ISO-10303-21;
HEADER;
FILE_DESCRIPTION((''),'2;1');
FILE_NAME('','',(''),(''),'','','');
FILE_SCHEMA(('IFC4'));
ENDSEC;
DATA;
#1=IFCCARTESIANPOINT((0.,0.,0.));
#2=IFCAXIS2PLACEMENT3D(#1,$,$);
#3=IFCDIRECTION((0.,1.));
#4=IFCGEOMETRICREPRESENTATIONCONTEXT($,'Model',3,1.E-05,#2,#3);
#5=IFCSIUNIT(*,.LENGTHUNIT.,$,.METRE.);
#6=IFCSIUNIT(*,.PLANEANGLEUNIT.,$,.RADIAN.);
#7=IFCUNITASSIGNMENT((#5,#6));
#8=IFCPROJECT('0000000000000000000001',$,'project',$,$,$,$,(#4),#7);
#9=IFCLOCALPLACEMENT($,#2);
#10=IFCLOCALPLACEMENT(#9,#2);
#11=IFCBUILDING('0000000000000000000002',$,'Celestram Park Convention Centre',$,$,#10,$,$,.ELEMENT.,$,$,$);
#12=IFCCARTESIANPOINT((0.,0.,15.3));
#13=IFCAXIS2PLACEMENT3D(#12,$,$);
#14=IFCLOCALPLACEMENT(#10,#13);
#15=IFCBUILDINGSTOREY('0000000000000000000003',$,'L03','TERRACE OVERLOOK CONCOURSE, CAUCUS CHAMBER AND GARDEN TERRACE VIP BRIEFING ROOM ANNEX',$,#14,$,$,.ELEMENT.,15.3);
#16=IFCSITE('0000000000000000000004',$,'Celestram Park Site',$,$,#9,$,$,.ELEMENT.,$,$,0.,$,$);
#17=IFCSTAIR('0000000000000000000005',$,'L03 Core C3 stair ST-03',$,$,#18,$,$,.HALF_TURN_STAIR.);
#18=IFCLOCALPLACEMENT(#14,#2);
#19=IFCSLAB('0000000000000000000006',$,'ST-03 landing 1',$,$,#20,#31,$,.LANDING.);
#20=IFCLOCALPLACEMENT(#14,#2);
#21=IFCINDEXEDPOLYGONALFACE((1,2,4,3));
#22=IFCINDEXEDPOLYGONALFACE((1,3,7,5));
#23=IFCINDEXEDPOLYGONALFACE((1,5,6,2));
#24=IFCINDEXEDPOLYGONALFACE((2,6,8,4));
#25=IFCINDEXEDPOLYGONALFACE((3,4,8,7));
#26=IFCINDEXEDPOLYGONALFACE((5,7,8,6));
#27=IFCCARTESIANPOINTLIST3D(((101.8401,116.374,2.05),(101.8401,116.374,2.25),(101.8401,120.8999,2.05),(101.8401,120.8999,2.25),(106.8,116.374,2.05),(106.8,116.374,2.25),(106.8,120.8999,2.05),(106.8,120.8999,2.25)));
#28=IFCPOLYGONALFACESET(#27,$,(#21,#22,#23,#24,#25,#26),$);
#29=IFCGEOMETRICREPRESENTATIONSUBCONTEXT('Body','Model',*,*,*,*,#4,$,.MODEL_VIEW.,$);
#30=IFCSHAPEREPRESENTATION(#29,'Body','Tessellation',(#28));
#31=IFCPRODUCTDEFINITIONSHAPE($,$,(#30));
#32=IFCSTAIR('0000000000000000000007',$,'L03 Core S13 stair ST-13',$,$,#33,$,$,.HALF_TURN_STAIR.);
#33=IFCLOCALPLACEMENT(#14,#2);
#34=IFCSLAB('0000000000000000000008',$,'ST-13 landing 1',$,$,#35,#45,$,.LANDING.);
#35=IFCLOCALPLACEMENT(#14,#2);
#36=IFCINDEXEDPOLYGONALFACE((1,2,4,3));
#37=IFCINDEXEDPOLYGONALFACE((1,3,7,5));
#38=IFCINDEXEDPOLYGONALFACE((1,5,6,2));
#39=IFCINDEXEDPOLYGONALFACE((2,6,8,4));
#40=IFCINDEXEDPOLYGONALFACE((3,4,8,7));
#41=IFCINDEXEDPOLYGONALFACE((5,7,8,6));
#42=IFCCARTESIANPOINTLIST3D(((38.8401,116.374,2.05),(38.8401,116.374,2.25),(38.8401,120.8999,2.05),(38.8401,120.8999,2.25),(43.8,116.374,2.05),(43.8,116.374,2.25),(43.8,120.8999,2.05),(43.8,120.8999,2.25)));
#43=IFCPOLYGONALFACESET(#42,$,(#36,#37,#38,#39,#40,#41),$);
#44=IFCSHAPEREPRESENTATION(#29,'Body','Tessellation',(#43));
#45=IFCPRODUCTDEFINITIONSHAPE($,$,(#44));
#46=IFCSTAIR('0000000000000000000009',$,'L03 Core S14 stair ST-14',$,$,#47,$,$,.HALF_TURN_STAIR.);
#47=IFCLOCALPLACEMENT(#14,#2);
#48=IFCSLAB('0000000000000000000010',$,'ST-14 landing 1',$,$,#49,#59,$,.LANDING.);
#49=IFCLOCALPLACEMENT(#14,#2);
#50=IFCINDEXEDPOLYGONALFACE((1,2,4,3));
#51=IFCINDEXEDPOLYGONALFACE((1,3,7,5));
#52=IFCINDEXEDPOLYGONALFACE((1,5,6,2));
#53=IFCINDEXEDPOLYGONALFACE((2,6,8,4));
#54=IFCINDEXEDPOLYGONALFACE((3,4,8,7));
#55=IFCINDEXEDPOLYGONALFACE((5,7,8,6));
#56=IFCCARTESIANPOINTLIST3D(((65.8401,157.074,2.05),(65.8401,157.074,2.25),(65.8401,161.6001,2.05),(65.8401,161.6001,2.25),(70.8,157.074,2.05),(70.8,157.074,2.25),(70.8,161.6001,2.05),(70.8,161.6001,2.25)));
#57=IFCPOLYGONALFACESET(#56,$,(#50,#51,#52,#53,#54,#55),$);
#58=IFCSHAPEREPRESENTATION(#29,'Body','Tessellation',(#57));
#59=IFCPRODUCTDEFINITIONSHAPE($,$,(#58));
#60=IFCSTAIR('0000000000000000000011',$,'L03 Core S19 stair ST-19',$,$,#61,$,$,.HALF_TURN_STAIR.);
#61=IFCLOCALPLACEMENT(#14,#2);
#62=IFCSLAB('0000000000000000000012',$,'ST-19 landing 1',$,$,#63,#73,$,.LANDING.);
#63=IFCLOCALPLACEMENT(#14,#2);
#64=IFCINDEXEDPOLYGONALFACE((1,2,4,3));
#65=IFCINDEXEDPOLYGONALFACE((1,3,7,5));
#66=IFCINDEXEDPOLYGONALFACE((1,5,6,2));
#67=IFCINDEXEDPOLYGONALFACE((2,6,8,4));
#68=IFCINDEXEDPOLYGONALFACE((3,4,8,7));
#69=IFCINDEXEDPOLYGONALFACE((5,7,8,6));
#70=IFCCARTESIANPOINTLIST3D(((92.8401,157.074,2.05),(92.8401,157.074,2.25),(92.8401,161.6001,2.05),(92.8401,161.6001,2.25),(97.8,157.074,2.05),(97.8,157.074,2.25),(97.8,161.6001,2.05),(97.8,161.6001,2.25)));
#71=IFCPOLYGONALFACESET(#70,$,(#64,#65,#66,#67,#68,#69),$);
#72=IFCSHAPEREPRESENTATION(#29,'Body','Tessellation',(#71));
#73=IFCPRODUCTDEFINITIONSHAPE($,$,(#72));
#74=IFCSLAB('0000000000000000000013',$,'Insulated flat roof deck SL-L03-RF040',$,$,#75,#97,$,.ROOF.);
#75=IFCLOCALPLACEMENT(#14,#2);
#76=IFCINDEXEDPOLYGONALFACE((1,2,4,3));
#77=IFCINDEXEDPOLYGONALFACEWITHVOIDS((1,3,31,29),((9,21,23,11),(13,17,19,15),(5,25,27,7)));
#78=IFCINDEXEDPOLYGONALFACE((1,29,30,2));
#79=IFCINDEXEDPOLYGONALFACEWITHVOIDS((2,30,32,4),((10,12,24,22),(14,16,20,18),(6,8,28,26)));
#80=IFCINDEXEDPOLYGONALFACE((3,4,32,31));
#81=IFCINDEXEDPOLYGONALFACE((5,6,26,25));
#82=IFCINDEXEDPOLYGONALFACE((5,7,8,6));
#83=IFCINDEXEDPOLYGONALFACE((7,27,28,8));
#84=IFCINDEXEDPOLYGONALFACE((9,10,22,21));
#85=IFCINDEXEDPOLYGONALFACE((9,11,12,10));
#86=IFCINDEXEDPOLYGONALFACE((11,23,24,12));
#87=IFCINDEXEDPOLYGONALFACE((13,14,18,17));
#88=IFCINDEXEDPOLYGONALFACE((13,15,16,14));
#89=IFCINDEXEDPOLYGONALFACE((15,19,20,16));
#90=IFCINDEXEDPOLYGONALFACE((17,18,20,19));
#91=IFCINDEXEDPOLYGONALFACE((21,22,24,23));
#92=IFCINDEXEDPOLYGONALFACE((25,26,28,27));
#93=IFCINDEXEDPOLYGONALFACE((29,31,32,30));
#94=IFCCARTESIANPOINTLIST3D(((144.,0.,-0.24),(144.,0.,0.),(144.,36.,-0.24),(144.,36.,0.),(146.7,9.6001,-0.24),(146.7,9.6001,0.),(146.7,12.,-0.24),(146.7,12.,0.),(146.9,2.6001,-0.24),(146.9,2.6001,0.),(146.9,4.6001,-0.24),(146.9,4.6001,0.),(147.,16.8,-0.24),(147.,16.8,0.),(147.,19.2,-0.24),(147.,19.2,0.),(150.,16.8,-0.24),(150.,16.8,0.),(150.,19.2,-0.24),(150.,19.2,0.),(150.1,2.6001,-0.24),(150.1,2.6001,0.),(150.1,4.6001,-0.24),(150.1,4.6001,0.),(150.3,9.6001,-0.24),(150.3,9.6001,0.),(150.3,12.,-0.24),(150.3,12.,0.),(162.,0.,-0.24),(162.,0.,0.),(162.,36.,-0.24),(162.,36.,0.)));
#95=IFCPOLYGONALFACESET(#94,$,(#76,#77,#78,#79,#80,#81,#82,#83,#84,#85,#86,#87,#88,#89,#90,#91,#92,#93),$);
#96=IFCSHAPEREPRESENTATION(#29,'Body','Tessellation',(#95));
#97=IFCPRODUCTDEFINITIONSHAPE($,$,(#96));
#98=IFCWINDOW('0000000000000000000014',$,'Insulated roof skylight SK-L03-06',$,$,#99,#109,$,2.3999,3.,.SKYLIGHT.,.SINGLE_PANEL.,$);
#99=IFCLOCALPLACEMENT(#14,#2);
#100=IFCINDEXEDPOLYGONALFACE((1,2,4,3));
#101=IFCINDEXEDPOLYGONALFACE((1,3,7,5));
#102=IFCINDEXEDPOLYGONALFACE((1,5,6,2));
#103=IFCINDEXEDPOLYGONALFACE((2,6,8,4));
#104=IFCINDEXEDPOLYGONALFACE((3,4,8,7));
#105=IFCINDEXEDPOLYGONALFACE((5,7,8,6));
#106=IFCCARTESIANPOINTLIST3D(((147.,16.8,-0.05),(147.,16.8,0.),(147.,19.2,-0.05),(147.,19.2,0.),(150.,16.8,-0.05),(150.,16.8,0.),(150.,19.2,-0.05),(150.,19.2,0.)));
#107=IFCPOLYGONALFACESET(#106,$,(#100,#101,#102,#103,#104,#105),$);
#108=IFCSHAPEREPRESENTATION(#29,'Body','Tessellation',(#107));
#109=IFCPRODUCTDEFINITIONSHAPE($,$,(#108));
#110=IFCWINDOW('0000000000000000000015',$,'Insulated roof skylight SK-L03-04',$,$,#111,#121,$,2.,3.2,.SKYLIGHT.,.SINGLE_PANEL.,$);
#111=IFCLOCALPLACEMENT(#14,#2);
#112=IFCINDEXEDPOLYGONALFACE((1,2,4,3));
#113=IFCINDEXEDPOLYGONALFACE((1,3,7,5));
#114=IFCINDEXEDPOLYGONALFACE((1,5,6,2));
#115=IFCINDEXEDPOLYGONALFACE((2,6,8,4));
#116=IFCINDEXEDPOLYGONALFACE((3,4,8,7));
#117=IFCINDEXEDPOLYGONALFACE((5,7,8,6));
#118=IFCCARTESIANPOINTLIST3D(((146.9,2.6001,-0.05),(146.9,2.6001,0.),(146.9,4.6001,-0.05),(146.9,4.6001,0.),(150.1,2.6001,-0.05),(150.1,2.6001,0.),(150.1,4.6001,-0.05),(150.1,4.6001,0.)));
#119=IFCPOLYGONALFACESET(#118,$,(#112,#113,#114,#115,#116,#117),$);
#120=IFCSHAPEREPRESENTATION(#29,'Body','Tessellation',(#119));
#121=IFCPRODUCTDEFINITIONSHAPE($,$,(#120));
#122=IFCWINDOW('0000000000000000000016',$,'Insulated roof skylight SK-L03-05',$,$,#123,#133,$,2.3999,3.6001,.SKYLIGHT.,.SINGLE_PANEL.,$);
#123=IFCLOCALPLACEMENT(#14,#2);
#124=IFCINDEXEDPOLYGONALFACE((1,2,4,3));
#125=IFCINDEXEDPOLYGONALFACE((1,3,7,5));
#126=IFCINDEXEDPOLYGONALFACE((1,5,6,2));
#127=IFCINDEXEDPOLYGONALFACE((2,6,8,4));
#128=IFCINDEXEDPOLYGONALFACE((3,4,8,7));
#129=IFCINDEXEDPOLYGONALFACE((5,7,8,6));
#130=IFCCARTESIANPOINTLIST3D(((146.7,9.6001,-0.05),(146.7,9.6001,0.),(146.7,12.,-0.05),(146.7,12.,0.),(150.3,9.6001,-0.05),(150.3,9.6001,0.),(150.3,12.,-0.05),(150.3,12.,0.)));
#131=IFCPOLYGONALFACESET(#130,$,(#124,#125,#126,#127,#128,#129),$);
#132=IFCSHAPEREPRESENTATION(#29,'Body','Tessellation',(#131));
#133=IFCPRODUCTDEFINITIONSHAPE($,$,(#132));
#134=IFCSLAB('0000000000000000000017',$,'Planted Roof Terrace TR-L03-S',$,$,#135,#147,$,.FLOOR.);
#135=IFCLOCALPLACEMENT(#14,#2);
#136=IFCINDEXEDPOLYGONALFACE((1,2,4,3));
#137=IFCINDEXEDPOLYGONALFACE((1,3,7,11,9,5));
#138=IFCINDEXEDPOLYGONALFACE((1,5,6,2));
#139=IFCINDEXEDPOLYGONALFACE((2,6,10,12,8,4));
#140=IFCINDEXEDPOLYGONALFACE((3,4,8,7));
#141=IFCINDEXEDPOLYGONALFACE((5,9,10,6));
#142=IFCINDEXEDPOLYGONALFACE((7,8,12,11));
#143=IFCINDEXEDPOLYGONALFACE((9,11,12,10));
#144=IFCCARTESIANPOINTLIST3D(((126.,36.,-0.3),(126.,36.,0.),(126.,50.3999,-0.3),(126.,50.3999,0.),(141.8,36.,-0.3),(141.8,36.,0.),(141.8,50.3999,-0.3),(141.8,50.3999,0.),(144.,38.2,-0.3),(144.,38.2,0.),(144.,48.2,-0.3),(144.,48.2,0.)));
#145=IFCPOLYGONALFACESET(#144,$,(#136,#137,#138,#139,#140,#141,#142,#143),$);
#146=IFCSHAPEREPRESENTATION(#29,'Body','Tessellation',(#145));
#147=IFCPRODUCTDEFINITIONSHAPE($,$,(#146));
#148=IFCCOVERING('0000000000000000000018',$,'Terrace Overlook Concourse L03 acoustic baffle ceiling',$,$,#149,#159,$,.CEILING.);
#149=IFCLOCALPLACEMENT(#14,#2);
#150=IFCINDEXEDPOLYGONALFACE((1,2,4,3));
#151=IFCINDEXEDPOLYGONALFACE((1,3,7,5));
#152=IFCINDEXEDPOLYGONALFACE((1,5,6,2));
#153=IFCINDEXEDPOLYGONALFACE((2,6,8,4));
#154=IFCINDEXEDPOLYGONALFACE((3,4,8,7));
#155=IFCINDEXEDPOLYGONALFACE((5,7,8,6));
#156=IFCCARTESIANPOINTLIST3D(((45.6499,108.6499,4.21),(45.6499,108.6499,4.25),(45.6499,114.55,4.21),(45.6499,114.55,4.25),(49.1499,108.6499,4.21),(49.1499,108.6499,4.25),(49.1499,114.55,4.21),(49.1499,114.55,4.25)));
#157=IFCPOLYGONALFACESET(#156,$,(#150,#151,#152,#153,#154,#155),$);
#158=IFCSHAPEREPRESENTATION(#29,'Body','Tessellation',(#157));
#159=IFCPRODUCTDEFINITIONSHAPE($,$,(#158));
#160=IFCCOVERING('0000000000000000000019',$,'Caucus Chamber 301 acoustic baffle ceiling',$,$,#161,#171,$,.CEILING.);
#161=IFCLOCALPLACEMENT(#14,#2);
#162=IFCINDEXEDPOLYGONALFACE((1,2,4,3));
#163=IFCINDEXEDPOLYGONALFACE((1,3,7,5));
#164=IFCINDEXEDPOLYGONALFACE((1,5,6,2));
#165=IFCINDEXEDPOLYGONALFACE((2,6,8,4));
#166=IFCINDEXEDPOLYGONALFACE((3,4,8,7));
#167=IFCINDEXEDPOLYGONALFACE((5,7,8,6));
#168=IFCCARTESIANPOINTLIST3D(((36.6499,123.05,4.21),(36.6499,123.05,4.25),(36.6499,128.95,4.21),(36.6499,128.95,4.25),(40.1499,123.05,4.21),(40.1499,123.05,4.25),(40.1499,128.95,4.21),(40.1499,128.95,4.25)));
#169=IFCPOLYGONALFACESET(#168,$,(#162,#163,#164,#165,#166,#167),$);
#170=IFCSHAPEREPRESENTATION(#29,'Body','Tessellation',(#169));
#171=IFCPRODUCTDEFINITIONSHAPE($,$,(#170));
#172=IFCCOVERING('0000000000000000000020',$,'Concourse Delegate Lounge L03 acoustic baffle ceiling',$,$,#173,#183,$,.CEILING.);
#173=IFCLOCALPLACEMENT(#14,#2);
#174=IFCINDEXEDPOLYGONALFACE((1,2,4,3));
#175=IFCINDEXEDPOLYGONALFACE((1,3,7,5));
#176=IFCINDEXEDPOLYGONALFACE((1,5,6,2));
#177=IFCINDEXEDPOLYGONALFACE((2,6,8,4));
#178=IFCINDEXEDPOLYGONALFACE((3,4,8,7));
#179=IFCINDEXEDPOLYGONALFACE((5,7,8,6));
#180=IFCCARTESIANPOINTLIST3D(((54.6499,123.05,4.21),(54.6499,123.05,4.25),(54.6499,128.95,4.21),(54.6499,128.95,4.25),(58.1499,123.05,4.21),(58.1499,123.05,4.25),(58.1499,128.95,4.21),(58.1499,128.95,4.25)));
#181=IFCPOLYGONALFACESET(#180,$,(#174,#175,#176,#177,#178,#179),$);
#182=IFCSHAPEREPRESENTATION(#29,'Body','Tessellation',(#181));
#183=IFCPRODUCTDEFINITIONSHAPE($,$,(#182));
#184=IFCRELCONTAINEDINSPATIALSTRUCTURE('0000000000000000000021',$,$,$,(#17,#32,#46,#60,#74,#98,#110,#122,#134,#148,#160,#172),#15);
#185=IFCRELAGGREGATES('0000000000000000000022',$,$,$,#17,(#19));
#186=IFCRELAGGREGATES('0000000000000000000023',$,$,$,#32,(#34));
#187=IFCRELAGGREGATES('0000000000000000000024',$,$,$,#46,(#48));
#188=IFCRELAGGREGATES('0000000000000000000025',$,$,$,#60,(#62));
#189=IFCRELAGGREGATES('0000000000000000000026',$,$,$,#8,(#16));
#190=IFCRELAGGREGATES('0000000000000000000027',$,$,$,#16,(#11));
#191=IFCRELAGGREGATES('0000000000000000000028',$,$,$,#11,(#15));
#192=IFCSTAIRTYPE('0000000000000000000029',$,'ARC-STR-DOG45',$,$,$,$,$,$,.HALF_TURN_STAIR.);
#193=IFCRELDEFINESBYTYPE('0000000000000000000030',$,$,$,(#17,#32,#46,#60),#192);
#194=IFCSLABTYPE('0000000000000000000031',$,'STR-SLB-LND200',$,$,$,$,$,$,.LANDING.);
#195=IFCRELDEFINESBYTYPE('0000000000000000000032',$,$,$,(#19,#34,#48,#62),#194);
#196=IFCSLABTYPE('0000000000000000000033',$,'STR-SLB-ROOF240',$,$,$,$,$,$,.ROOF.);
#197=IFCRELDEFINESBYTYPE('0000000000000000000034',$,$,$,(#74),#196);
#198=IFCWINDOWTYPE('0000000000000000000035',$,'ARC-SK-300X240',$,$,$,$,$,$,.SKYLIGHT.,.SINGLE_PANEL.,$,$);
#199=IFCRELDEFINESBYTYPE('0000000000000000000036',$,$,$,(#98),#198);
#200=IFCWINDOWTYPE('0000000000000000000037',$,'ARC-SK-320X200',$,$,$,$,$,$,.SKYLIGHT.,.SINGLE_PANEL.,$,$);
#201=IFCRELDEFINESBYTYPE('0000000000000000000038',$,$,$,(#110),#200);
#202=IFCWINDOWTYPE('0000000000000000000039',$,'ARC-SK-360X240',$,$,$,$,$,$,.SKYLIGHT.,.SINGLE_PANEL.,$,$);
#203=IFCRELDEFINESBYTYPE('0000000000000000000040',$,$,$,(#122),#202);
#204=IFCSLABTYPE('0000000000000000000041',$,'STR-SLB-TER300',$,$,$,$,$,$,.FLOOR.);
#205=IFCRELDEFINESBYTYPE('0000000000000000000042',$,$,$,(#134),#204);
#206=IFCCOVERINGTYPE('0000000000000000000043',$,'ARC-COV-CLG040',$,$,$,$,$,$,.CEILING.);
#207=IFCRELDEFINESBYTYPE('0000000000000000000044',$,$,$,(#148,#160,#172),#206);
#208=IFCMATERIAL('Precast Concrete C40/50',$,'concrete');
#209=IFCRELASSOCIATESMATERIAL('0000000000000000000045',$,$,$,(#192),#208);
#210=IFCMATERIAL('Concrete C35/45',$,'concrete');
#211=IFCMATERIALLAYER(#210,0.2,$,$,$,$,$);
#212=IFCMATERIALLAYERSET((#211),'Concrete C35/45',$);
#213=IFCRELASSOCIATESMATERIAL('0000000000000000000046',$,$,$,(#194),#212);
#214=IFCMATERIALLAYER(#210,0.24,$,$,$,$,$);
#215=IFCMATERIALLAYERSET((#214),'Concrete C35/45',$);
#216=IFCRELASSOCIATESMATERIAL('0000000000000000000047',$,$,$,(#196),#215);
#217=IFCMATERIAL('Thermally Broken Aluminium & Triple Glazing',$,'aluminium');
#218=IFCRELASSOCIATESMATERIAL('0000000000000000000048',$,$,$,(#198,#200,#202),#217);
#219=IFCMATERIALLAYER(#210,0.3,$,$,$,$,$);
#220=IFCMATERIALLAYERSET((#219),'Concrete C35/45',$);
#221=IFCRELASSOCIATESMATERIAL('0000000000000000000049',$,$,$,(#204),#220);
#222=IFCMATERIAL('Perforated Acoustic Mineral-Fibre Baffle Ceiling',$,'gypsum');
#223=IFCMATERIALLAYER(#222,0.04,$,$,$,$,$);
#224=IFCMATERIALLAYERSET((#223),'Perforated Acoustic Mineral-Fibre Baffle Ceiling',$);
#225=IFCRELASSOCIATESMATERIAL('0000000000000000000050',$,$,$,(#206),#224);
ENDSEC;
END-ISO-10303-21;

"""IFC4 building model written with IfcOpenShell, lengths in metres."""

from ifc_helpers import new_model, si_unit, direction, frame, origin, origin_2d, place, context, subcontext, project, spatial, polyline, rectangle, outline, extrude, material, layer, layer_set, type_object, element, fill, aggregate, save


model = new_model("IFC4")

# Units and contexts
model_context = context("Model", 3, precision=1e-05, world=origin(), true_north=direction((0.0, 1.0)))
body_context = subcontext(model_context, "Body", "Model", "MODEL_VIEW")
ifc_project = project(units=[si_unit("LENGTHUNIT", "METRE"), si_unit("PLANEANGLEUNIT", "RADIAN")], contexts=[model_context])

# Site, building, storey
site_placement = place(None, origin())
site = spatial("IfcSite", under=ifc_project, at=site_placement, Name="Celestram Park Site", CompositionType="ELEMENT", RefElevation=0.0)
building_placement = place(site_placement, origin())
building = spatial("IfcBuilding", under=site, at=building_placement, Name="Celestram Park Convention Centre", CompositionType="ELEMENT")
storey_placement = place(building_placement, frame((0.0, 0.0, 15.3)))
storey = spatial("IfcBuildingStorey", under=building, at=storey_placement, Name="L03", Description="TERRACE OVERLOOK CONCOURSE, CAUCUS CHAMBER AND GARDEN TERRACE VIP BRIEFING ROOM ANNEX", CompositionType="ELEMENT", Elevation=15.3)

# Shared definitions
ifc_material_1 = material(Name="Concrete C35/45", Category="concrete")

# Stairs, slabs
ifc_material_2 = material(Name="Precast Concrete C40/50", Category="concrete")
stair_type = type_object("IfcStairType", Name="ARC-STR-DOG45", PredefinedType="HALF_TURN_STAIR", material=ifc_material_2)
ifc_layer_1 = layer(ifc_material_1, 0.2)
ifc_layer_set_1 = layer_set([ifc_layer_1], Name="Concrete C35/45")
slab_type_1 = type_object("IfcSlabType", Name="STR-SLB-LND200", PredefinedType="LANDING", material=ifc_layer_set_1)
stair_1_placement = place(storey_placement, origin())
stair_1 = element("IfcStair", 1, at=stair_1_placement, inside=storey, type_object=stair_type, Name="L03 Core C3 stair ST-03", PredefinedType="HALF_TURN_STAIR")
slab_1_placement = place(storey_placement, frame((0.0, 0.0, 2.05)))
slab_1 = element("IfcSlab", 2, at=slab_1_placement, type_object=slab_type_1, Name="ST-03 landing 1", PredefinedType="LANDING", context=body_context, shape_type="SweptSolid", body=[
    extrude(outline(polyline([(106.8, 116.374), (106.8, 120.8999), (101.8401, 120.8999), (101.8401, 116.374), (106.8, 116.374)])), origin(), (0.0, 0.0, 1.0), 0.2),
])
aggregate(stair_1, [slab_1])
stair_2_placement = place(storey_placement, origin())
stair_2 = element("IfcStair", 3, at=stair_2_placement, inside=storey, type_object=stair_type, Name="L03 Core S13 stair ST-13", PredefinedType="HALF_TURN_STAIR")
slab_2_placement = place(storey_placement, frame((0.0, 0.0, 2.05)))
slab_2 = element("IfcSlab", 4, at=slab_2_placement, type_object=slab_type_1, Name="ST-13 landing 1", PredefinedType="LANDING", context=body_context, shape_type="SweptSolid", body=[
    extrude(outline(polyline([(43.8, 116.374), (43.8, 120.8999), (38.8401, 120.8999), (38.8401, 116.374), (43.8, 116.374)])), origin(), (0.0, 0.0, 1.0), 0.2),
])
aggregate(stair_2, [slab_2])
stair_3_placement = place(storey_placement, origin())
stair_3 = element("IfcStair", 5, at=stair_3_placement, inside=storey, type_object=stair_type, Name="L03 Core S14 stair ST-14", PredefinedType="HALF_TURN_STAIR")
slab_3_placement = place(storey_placement, frame((0.0, 0.0, 2.05)))
slab_3 = element("IfcSlab", 6, at=slab_3_placement, type_object=slab_type_1, Name="ST-14 landing 1", PredefinedType="LANDING", context=body_context, shape_type="SweptSolid", body=[
    extrude(outline(polyline([(70.8, 157.074), (70.8, 161.6001), (65.8401, 161.6001), (65.8401, 157.074), (70.8, 157.074)])), origin(), (0.0, 0.0, 1.0), 0.2),
])
aggregate(stair_3, [slab_3])
stair_4_placement = place(storey_placement, origin())
stair_4 = element("IfcStair", 7, at=stair_4_placement, inside=storey, type_object=stair_type, Name="L03 Core S19 stair ST-19", PredefinedType="HALF_TURN_STAIR")
slab_4_placement = place(storey_placement, frame((0.0, 0.0, 2.05)))
slab_4 = element("IfcSlab", 8, at=slab_4_placement, type_object=slab_type_1, Name="ST-19 landing 1", PredefinedType="LANDING", context=body_context, shape_type="SweptSolid", body=[
    extrude(outline(polyline([(97.8, 157.074), (97.8, 161.6001), (92.8401, 161.6001), (92.8401, 157.074), (97.8, 157.074)])), origin(), (0.0, 0.0, 1.0), 0.2),
])
aggregate(stair_4, [slab_4])

# Slab, openings, windows
ifc_layer_2 = layer(ifc_material_1, 0.24)
ifc_layer_set_2 = layer_set([ifc_layer_2], Name="Concrete C35/45")
slab_type_2 = type_object("IfcSlabType", Name="STR-SLB-ROOF240", PredefinedType="ROOF", material=ifc_layer_set_2)
slab_5_placement = place(storey_placement, frame((0.0, 0.0, -0.24)))
slab_5 = element("IfcSlab", 9, at=slab_5_placement, inside=storey, type_object=slab_type_2, Name="Insulated flat roof deck SL-L03-RF040", PredefinedType="ROOF", context=body_context, shape_type="SweptSolid", body=[
    extrude(outline(polyline([(144.0, 36.0), (162.0, 36.0), (162.0, 0.0), (144.0, 0.0), (144.0, 36.0)])), origin(), (0.0, 0.0, 1.0), 0.24),
])
opening_1_placement = place(slab_5_placement, frame((148.5, 3.6001, -0.01)))
opening_1 = element("IfcOpeningElement", 10, at=opening_1_placement, cuts=slab_5, PredefinedType="OPENING", context=body_context, shape_type="SweptSolid", body=[
    extrude(rectangle(XDim=3.2, YDim=2.0, at=origin_2d()), origin(), (0.0, 0.0, 1.0), 0.26),
])
opening_2_placement = place(slab_5_placement, frame((148.5, 10.8, -0.01)))
opening_2 = element("IfcOpeningElement", 11, at=opening_2_placement, cuts=slab_5, PredefinedType="OPENING", context=body_context, shape_type="SweptSolid", body=[
    extrude(rectangle(XDim=3.6001, YDim=2.3999, at=origin_2d()), origin(), (0.0, 0.0, 1.0), 0.26),
])
opening_3_placement = place(slab_5_placement, frame((148.5, 18.0, -0.01)))
opening_3 = element("IfcOpeningElement", 12, at=opening_3_placement, cuts=slab_5, PredefinedType="OPENING", context=body_context, shape_type="SweptSolid", body=[
    extrude(rectangle(XDim=3.0, YDim=2.3999, at=origin_2d()), origin(), (0.0, 0.0, 1.0), 0.26),
])
ifc_material_3 = material(Name="Thermally Broken Aluminium & Triple Glazing", Category="aluminium")
window_type_1 = type_object("IfcWindowType", Name="ARC-SK-300X240", PartitioningType="SINGLE_PANEL", PredefinedType="SKYLIGHT", material=ifc_material_3)
window_1_placement = place(opening_3_placement, frame((0.0, 0.0, 0.2)))
window_1 = element("IfcWindow", 13, at=window_1_placement, inside=storey, type_object=window_type_1, Name="Insulated roof skylight SK-L03-06", OverallHeight=2.3999, OverallWidth=3.0, PartitioningType="SINGLE_PANEL", PredefinedType="SKYLIGHT", context=body_context, shape_type="SweptSolid", body=[
    extrude(rectangle(XDim=3.0, YDim=2.3999, at=origin_2d()), origin(), (0.0, 0.0, 1.0), 0.05),
])
fill(opening_3, window_1)
window_type_2 = type_object("IfcWindowType", Name="ARC-SK-320X200", PartitioningType="SINGLE_PANEL", PredefinedType="SKYLIGHT", material=ifc_material_3)
window_2_placement = place(opening_1_placement, frame((0.0, 0.0, 0.2)))
window_2 = element("IfcWindow", 14, at=window_2_placement, inside=storey, type_object=window_type_2, Name="Insulated roof skylight SK-L03-04", OverallHeight=2.0, OverallWidth=3.2, PartitioningType="SINGLE_PANEL", PredefinedType="SKYLIGHT", context=body_context, shape_type="SweptSolid", body=[
    extrude(rectangle(XDim=3.2, YDim=2.0, at=origin_2d()), origin(), (0.0, 0.0, 1.0), 0.05),
])
fill(opening_1, window_2)
window_type_3 = type_object("IfcWindowType", Name="ARC-SK-360X240", PartitioningType="SINGLE_PANEL", PredefinedType="SKYLIGHT", material=ifc_material_3)
window_3_placement = place(opening_2_placement, frame((0.0, 0.0, 0.2)))
window_3 = element("IfcWindow", 15, at=window_3_placement, inside=storey, type_object=window_type_3, Name="Insulated roof skylight SK-L03-05", OverallHeight=2.3999, OverallWidth=3.6001, PartitioningType="SINGLE_PANEL", PredefinedType="SKYLIGHT", context=body_context, shape_type="SweptSolid", body=[
    extrude(rectangle(XDim=3.6001, YDim=2.3999, at=origin_2d()), origin(), (0.0, 0.0, 1.0), 0.05),
])
fill(opening_2, window_3)

# Slab
ifc_layer_3 = layer(ifc_material_1, 0.3)
ifc_layer_set_3 = layer_set([ifc_layer_3], Name="Concrete C35/45")
slab_type_3 = type_object("IfcSlabType", Name="STR-SLB-TER300", PredefinedType="FLOOR", material=ifc_layer_set_3)
slab_6_placement = place(storey_placement, frame((0.0, 0.0, -0.3)))
element("IfcSlab", 16, at=slab_6_placement, inside=storey, type_object=slab_type_3, Name="Planted Roof Terrace TR-L03-S", PredefinedType="FLOOR", context=body_context, shape_type="SweptSolid", body=[
    extrude(outline(polyline([(126.0, 36.0), (141.8, 36.0), (144.0, 38.2), (144.0, 48.2), (141.8, 50.3999), (126.0, 50.3999), (126.0, 36.0)])), origin(), (0.0, 0.0, 1.0), 0.3),
])

# Coverings
ifc_material_4 = material(Name="Perforated Acoustic Mineral-Fibre Baffle Ceiling", Category="gypsum")
ifc_layer_4 = layer(ifc_material_4, 0.04)
ifc_layer_set_4 = layer_set([ifc_layer_4], Name="Perforated Acoustic Mineral-Fibre Baffle Ceiling")
covering_type_1 = type_object("IfcCoveringType", Name="ARC-COV-CLG040", PredefinedType="CEILING", material=ifc_layer_set_4)
covering_1_placement = place(storey_placement, frame((0.0, 0.0, 4.21)))
element("IfcCovering", 17, at=covering_1_placement, inside=storey, type_object=covering_type_1, Name="Terrace Overlook Concourse L03 acoustic baffle ceiling", PredefinedType="CEILING", context=body_context, shape_type="SweptSolid", body=[
    extrude(outline(polyline([(45.6499, 108.6499), (49.1499, 108.6499), (49.1499, 114.55), (45.6499, 114.55), (45.6499, 108.6499)])), origin(), (0.0, 0.0, 1.0), 0.04),
])
covering_2_placement = place(storey_placement, frame((0.0, 0.0, 4.21)))
element("IfcCovering", 18, at=covering_2_placement, inside=storey, type_object=covering_type_1, Name="Caucus Chamber 301 acoustic baffle ceiling", PredefinedType="CEILING", context=body_context, shape_type="SweptSolid", body=[
    extrude(outline(polyline([(36.6499, 123.05), (40.1499, 123.05), (40.1499, 128.95), (36.6499, 128.95), (36.6499, 123.05)])), origin(), (0.0, 0.0, 1.0), 0.04),
])
covering_3_placement = place(storey_placement, frame((0.0, 0.0, 4.21)))
element("IfcCovering", 19, at=covering_3_placement, inside=storey, type_object=covering_type_1, Name="Concourse Delegate Lounge L03 acoustic baffle ceiling", PredefinedType="CEILING", context=body_context, shape_type="SweptSolid", body=[
    extrude(outline(polyline([(54.6499, 123.05), (58.1499, 123.05), (58.1499, 128.95), (54.6499, 128.95), (54.6499, 123.05)])), origin(), (0.0, 0.0, 1.0), 0.04),
])

save(model, "model.ifc")
